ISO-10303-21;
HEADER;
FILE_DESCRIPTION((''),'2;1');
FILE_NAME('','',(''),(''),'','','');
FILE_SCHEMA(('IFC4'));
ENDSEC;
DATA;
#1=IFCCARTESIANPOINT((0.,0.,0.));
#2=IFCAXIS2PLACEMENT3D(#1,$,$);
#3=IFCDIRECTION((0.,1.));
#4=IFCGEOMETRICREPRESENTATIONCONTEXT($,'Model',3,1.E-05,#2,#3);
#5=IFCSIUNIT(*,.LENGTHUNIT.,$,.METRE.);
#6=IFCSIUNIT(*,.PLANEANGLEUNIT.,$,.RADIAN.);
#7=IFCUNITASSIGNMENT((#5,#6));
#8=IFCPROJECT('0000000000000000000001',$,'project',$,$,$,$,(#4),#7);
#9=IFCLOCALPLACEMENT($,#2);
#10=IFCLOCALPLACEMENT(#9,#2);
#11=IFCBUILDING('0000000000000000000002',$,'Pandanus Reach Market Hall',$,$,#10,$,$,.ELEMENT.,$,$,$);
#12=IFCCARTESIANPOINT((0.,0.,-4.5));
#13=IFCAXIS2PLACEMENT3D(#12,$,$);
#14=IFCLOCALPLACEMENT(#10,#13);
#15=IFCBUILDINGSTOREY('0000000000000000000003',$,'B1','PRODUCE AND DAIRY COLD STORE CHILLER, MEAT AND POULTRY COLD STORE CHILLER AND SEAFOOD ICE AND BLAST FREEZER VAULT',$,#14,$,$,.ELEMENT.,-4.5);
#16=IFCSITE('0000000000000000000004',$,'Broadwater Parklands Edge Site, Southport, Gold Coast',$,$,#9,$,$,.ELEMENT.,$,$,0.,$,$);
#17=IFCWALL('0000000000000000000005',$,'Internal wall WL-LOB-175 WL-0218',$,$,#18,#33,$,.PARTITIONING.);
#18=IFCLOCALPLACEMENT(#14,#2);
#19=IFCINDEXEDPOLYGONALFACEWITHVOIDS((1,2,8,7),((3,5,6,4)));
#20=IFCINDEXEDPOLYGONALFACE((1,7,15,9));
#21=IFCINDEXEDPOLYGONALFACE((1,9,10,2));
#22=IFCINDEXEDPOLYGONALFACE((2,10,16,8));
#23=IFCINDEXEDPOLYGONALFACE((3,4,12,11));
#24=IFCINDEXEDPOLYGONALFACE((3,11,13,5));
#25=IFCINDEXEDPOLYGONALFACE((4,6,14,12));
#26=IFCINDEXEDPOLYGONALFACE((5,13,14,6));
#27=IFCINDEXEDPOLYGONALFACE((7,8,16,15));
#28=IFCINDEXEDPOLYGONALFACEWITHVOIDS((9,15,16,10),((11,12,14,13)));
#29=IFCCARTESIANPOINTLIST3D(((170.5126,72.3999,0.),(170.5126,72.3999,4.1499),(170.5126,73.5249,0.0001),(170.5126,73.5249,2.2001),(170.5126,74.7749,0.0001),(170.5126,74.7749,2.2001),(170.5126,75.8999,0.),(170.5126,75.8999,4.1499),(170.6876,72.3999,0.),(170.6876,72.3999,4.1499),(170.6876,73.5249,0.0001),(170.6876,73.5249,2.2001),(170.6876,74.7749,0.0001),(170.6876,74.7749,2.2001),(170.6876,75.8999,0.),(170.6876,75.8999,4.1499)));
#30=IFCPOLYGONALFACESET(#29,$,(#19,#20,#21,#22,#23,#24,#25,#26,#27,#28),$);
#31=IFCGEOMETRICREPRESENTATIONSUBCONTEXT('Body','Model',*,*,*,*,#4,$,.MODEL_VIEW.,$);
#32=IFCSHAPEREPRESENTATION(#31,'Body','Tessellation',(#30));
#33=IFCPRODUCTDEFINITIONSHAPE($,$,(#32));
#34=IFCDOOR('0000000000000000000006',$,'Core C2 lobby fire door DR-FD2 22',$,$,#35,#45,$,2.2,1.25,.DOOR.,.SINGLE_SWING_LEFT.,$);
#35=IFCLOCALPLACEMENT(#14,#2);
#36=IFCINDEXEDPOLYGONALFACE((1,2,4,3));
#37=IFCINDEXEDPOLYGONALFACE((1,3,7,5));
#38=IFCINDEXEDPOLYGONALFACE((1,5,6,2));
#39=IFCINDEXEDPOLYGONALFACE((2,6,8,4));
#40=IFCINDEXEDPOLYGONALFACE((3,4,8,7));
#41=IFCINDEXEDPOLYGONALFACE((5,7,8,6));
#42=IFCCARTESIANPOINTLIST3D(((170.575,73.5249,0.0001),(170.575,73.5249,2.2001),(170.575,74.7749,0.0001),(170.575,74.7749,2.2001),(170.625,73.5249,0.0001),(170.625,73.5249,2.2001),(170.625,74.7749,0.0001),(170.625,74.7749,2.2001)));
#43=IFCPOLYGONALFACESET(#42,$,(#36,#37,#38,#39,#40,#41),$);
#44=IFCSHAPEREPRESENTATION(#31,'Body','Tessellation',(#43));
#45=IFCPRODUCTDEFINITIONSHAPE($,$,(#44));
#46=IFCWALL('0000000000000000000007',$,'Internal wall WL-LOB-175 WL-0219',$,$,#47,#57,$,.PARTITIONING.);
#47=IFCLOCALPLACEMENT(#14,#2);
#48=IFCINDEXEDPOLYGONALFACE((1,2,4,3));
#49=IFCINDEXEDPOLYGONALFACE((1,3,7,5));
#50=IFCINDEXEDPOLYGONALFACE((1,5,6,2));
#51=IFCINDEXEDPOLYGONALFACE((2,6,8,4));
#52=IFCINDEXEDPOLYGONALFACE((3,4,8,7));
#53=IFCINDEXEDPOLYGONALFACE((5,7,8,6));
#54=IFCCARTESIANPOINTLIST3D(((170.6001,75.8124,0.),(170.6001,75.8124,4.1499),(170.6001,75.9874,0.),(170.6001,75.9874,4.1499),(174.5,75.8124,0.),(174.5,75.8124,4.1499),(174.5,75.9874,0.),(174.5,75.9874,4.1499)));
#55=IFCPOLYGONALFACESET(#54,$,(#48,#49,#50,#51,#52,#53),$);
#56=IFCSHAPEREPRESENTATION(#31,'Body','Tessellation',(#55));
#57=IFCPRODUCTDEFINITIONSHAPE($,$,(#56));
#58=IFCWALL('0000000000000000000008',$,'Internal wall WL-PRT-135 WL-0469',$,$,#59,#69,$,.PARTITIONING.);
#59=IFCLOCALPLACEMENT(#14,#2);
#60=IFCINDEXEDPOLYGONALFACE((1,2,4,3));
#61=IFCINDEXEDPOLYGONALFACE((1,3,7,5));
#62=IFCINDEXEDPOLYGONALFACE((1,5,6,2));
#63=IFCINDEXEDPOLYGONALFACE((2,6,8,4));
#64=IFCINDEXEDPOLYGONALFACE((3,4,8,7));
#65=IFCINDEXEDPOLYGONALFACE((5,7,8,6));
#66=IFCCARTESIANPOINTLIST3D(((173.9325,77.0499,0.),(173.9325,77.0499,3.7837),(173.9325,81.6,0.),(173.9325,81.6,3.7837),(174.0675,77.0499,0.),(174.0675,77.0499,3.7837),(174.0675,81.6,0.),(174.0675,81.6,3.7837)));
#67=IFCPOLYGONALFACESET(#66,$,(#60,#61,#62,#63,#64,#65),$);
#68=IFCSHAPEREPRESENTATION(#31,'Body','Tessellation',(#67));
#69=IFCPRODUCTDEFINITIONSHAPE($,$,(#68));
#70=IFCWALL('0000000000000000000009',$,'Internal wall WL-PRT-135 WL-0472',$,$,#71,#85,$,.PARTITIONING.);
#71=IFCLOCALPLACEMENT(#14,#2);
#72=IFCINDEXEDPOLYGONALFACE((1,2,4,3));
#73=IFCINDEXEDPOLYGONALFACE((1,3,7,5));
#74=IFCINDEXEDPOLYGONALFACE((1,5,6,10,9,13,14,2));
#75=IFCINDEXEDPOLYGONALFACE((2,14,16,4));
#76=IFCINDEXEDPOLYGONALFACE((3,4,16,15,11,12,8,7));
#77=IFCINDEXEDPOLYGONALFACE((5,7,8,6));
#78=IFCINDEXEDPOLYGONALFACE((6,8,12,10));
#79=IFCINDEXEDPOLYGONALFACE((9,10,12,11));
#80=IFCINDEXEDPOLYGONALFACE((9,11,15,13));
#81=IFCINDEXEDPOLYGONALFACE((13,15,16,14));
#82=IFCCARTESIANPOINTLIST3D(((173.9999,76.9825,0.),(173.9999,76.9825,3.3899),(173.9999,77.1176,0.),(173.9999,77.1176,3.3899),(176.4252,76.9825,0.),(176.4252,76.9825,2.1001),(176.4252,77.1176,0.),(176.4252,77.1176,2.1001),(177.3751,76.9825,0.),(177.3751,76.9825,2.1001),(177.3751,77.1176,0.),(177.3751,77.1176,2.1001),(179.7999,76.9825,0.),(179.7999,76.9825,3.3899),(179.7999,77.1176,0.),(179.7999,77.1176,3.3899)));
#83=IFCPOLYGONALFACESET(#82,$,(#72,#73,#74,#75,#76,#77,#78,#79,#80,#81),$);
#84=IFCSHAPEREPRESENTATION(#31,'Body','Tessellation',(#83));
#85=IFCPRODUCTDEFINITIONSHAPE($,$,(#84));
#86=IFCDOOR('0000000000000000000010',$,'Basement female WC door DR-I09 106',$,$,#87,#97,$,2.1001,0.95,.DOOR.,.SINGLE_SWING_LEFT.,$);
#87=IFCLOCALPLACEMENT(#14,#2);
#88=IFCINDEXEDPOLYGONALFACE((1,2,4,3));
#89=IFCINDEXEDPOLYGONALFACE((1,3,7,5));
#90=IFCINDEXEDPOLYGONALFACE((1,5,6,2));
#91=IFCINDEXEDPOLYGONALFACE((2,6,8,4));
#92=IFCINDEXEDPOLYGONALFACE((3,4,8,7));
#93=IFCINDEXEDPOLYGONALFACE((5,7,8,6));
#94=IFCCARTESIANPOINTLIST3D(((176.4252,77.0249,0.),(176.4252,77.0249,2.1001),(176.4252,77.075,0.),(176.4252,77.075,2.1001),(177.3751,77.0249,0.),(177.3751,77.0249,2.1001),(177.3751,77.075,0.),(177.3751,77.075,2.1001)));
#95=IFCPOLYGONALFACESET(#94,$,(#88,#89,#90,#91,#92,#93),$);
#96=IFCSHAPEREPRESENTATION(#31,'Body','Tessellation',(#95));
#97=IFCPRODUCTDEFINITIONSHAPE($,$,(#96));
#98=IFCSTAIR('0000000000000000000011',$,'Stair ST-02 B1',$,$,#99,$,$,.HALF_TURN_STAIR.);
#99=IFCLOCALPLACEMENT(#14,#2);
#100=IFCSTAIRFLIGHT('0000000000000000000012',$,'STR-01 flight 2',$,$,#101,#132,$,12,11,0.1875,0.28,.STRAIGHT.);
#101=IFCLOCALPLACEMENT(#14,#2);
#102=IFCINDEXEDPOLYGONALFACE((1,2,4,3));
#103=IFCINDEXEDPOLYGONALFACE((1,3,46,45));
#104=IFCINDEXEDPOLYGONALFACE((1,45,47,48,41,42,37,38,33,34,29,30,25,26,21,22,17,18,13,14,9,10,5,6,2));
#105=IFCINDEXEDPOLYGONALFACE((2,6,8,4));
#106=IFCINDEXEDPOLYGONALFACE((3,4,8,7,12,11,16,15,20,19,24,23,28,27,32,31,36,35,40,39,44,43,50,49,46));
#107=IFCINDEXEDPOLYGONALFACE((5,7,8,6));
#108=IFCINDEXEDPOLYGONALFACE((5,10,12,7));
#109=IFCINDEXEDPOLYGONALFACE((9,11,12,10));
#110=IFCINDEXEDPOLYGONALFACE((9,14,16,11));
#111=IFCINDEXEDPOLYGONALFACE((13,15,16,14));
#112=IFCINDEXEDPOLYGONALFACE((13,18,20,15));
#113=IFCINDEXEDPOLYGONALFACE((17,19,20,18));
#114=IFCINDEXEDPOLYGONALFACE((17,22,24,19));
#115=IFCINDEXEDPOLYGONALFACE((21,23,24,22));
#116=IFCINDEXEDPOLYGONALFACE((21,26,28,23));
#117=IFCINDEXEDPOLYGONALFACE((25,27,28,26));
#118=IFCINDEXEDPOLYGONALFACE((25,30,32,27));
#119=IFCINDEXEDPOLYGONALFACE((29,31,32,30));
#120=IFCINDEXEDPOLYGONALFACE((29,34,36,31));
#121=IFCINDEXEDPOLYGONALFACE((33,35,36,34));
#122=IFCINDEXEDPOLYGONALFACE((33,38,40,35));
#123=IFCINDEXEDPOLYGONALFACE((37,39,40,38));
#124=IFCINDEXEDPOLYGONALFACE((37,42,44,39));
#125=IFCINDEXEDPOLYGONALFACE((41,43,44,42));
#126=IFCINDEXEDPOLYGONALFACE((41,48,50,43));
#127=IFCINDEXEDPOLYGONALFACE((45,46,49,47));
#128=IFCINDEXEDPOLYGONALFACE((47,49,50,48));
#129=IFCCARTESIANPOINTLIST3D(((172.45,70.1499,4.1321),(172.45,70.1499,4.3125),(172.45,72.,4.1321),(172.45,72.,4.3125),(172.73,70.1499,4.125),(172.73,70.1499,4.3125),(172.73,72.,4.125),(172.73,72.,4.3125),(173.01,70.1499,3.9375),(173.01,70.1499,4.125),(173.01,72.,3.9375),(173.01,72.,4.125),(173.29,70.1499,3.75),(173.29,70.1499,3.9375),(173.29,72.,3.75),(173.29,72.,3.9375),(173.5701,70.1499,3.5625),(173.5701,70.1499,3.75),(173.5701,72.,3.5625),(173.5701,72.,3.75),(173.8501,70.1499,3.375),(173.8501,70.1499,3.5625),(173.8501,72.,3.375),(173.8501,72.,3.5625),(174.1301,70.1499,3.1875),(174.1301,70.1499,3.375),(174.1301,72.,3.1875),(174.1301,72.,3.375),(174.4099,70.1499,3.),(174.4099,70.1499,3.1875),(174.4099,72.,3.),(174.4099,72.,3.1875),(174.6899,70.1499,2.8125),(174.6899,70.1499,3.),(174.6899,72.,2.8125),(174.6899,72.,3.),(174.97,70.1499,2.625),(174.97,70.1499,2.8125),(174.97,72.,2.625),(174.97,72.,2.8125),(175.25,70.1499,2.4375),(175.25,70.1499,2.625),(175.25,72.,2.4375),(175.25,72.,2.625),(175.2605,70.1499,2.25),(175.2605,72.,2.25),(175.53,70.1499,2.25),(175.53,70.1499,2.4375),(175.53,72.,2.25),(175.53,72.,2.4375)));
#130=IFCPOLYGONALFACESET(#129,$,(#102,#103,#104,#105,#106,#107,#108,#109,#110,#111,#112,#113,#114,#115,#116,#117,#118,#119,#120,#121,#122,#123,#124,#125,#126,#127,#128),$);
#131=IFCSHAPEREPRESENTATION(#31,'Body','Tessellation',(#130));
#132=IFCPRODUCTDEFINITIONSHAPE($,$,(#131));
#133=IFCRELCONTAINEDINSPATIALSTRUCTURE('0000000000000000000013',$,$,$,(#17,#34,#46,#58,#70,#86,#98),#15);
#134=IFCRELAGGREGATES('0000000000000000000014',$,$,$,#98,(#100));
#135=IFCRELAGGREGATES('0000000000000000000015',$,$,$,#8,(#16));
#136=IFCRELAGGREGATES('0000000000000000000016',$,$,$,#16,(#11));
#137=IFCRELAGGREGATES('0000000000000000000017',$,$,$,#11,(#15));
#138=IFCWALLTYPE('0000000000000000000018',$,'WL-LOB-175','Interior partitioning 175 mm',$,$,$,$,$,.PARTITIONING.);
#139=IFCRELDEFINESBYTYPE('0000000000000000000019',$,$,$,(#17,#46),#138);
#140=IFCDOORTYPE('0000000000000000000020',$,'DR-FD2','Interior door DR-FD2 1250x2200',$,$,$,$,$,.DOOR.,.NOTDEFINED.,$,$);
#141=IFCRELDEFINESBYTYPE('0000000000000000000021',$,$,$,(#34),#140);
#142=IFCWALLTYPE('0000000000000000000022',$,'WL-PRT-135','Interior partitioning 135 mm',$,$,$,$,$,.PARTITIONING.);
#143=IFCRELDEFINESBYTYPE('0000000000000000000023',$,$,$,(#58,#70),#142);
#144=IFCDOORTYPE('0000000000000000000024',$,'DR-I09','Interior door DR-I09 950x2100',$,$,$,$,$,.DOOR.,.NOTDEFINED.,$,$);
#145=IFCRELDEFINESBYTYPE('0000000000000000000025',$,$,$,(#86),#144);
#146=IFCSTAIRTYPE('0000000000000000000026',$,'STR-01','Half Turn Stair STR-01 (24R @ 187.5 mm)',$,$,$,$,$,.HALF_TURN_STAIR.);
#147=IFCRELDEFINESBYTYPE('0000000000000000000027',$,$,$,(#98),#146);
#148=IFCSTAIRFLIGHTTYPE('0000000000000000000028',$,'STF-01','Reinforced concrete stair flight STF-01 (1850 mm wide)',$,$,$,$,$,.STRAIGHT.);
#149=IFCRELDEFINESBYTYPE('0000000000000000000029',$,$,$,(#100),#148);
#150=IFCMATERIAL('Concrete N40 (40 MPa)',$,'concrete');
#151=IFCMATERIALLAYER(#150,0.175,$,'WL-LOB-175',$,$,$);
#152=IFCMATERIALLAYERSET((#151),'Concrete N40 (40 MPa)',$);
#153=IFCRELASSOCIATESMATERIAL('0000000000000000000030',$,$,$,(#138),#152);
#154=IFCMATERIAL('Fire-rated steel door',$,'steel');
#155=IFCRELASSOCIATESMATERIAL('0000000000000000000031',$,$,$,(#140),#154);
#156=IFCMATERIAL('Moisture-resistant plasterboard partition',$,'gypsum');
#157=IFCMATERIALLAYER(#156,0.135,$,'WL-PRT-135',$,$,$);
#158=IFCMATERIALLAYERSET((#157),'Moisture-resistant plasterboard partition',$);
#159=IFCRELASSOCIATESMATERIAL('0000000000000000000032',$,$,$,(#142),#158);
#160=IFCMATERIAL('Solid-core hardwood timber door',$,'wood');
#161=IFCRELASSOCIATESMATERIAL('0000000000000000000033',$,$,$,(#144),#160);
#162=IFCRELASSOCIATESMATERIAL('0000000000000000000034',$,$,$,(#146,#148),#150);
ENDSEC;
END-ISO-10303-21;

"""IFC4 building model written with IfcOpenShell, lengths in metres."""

from ifc_helpers import new_model, si_unit, direction, frame, frame_2d, origin, place, context, subcontext, project, spatial, polyline, rectangle, outline, extrude, material, layer, layer_set, type_object, element, fill, aggregate, save


model = new_model("IFC4")

# Units and contexts
model_context = context("Model", 3, precision=1e-05, world=origin(), true_north=direction((0.0, 1.0)))
body_context = subcontext(model_context, "Body", "Model", "MODEL_VIEW")
ifc_project = project(units=[si_unit("LENGTHUNIT", "METRE"), si_unit("PLANEANGLEUNIT", "RADIAN")], contexts=[model_context])

# Site, building, storey
site_placement = place(None, origin())
site = spatial("IfcSite", under=ifc_project, at=site_placement, Name="Broadwater Parklands Edge Site, Southport, Gold Coast", CompositionType="ELEMENT", RefElevation=0.0)
building_placement = place(site_placement, origin())
building = spatial("IfcBuilding", under=site, at=building_placement, Name="Pandanus Reach Market Hall", CompositionType="ELEMENT")
storey_placement = place(building_placement, frame((0.0, 0.0, -4.5)))
storey = spatial("IfcBuildingStorey", under=building, at=storey_placement, Name="B1", Description="PRODUCE AND DAIRY COLD STORE CHILLER, MEAT AND POULTRY COLD STORE CHILLER AND SEAFOOD ICE AND BLAST FREEZER VAULT", CompositionType="ELEMENT", Elevation=-4.5)

# Shared definitions
ifc_material_1 = material(Name="Concrete N40 (40 MPa)", Category="concrete")

# Shared definitions
ifc_material_2 = material(Name="Fire-rated steel door", Category="steel")

# Wall, opening, door
ifc_layer_1 = layer(ifc_material_1, 0.175, Name="WL-LOB-175")
ifc_layer_set_1 = layer_set([ifc_layer_1], Name="Concrete N40 (40 MPa)")
wall_type_1 = type_object("IfcWallType", Name="WL-LOB-175", Description="Interior partitioning 175 mm", PredefinedType="PARTITIONING", material=ifc_layer_set_1)
wall_1_placement = place(storey_placement, frame((170.6001, 72.3999, 0.0), z_axis=(0.0, 0.0, 1.0), x_axis=(0.0, 1.0, 0.0)))
wall_1 = element("IfcWall", 1, at=wall_1_placement, inside=storey, type_object=wall_type_1, Name="Internal wall WL-LOB-175 WL-0218", PredefinedType="PARTITIONING", context=body_context, shape_type="SweptSolid", body=[
    extrude(rectangle(XDim=3.5, YDim=0.175, at=frame_2d((1.75, 0.0))), origin(), (0.0, 0.0, 1.0), 4.1499),
])
opening_1_placement = place(wall_1_placement, frame((1.125, 0.0, 0.0)))
opening_1 = element("IfcOpeningElement", 2, at=opening_1_placement, cuts=wall_1, PredefinedType="OPENING", context=body_context, shape_type="SweptSolid", body=[
    extrude(rectangle(XDim=1.25, YDim=2.2, at=frame_2d((0.625, 1.1001))), frame((0.0, 0.1025, 0.0), z_axis=(0.0, -1.0, 0.0), x_axis=(1.0, 0.0, 0.0)), (0.0, 0.0, 1.0), 0.2051),
])
door_type_1 = type_object("IfcDoorType", Name="DR-FD2", Description="Interior door DR-FD2 1250x2200", OperationType="NOTDEFINED", PredefinedType="DOOR", material=ifc_material_2)
door_1_placement = place(opening_1_placement, frame((1.25, 0.0, 0.0), z_axis=(0.0, 0.0, 1.0), x_axis=(-1.0, 0.0, 0.0)))
door_1 = element("IfcDoor", 3, at=door_1_placement, inside=storey, type_object=door_type_1, Name="Core C2 lobby fire door DR-FD2 22", OperationType="SINGLE_SWING_LEFT", OverallHeight=2.2, OverallWidth=1.25, PredefinedType="DOOR", context=body_context, shape_type="SweptSolid", body=[
    extrude(rectangle(XDim=1.25, YDim=2.2, at=frame_2d((0.625, 1.1001))), frame((0.0, 0.0249, 0.0), z_axis=(0.0, -1.0, 0.0), x_axis=(1.0, 0.0, 0.0)), (0.0, 0.0, 1.0), 0.05),
])
fill(opening_1, door_1)

# Walls
wall_2_placement = place(storey_placement, frame((170.6001, 75.8999, 0.0), z_axis=(0.0, 0.0, 1.0), x_axis=(1.0, 0.0, 0.0)))
element("IfcWall", 4, at=wall_2_placement, inside=storey, type_object=wall_type_1, Name="Internal wall WL-LOB-175 WL-0219", PredefinedType="PARTITIONING", context=body_context, shape_type="SweptSolid", body=[
    extrude(rectangle(XDim=3.8999, YDim=0.175, at=frame_2d((1.95, 0.0))), origin(), (0.0, 0.0, 1.0), 4.1499),
])
ifc_material_3 = material(Name="Moisture-resistant plasterboard partition", Category="gypsum")
ifc_layer_2 = layer(ifc_material_3, 0.135, Name="WL-PRT-135")
ifc_layer_set_2 = layer_set([ifc_layer_2], Name="Moisture-resistant plasterboard partition")
wall_type_2 = type_object("IfcWallType", Name="WL-PRT-135", Description="Interior partitioning 135 mm", PredefinedType="PARTITIONING", material=ifc_layer_set_2)
wall_3_placement = place(storey_placement, frame((174.0, 77.05, 0.0), z_axis=(0.0, 0.0, 1.0), x_axis=(0.0, 1.0, 0.0)))
element("IfcWall", 5, at=wall_3_placement, inside=storey, type_object=wall_type_2, Name="Internal wall WL-PRT-135 WL-0469", PredefinedType="PARTITIONING", context=body_context, shape_type="SweptSolid", body=[
    extrude(rectangle(XDim=4.55, YDim=0.135, at=frame_2d((2.2749, 0.0))), origin(), (0.0, 0.0, 1.0), 3.7837),
])

# Wall, opening, door
wall_4_placement = place(storey_placement, frame((174.0, 77.05, 0.0), z_axis=(0.0, 0.0, 1.0), x_axis=(1.0, 0.0, 0.0)))
wall_4 = element("IfcWall", 6, at=wall_4_placement, inside=storey, type_object=wall_type_2, Name="Internal wall WL-PRT-135 WL-0472", PredefinedType="PARTITIONING", context=body_context, shape_type="SweptSolid", body=[
    extrude(rectangle(XDim=5.8, YDim=0.135, at=frame_2d((2.8999, 0.0))), origin(), (0.0, 0.0, 1.0), 3.3899),
])
opening_2_placement = place(wall_4_placement, frame((2.425, 0.0, 0.0)))
opening_2 = element("IfcOpeningElement", 7, at=opening_2_placement, cuts=wall_4, PredefinedType="OPENING", context=body_context, shape_type="SweptSolid", body=[
    extrude(rectangle(XDim=0.95, YDim=2.1001, at=frame_2d((0.4751, 1.05))), frame((0.0, 0.0825, 0.0), z_axis=(0.0, -1.0, 0.0), x_axis=(1.0, 0.0, 0.0)), (0.0, 0.0, 1.0), 0.165),
])
ifc_material_4 = material(Name="Solid-core hardwood timber door", Category="wood")
door_type_2 = type_object("IfcDoorType", Name="DR-I09", Description="Interior door DR-I09 950x2100", OperationType="NOTDEFINED", PredefinedType="DOOR", material=ifc_material_4)
door_2_placement = place(opening_2_placement, origin())
door_2 = element("IfcDoor", 8, at=door_2_placement, inside=storey, type_object=door_type_2, Name="Basement female WC door DR-I09 106", OperationType="SINGLE_SWING_LEFT", OverallHeight=2.1001, OverallWidth=0.95, PredefinedType="DOOR", context=body_context, shape_type="SweptSolid", body=[
    extrude(rectangle(XDim=0.95, YDim=2.1001, at=frame_2d((0.4751, 1.05))), frame((0.0, 0.0249, 0.0), z_axis=(0.0, -1.0, 0.0), x_axis=(1.0, 0.0, 0.0)), (0.0, 0.0, 1.0), 0.05),
])
fill(opening_2, door_2)

# Stair, stair flight
stair_type = type_object("IfcStairType", Name="STR-01", Description="Half Turn Stair STR-01 (24R @ 187.5 mm)", PredefinedType="HALF_TURN_STAIR", material=ifc_material_1)
stair_placement = place(storey_placement, origin())
stair = element("IfcStair", 9, at=stair_placement, inside=storey, type_object=stair_type, Name="Stair ST-02 B1", PredefinedType="HALF_TURN_STAIR")
stair_flight_type = type_object("IfcStairFlightType", Name="STF-01", Description="Reinforced concrete stair flight STF-01 (1850 mm wide)", PredefinedType="STRAIGHT", material=ifc_material_1)
stair_flight_placement = place(storey_placement, frame((175.53, 71.075, 2.25), z_axis=(0.0, 0.0, 1.0), x_axis=(-1.0, 0.0, 0.0)))
stair_flight = element("IfcStairFlight", 10, at=stair_flight_placement, type_object=stair_flight_type, Name="STR-01 flight 2", NumberOfRisers=12, NumberOfTreads=11, PredefinedType="STRAIGHT", RiserHeight=0.1875, TreadLength=0.28, context=body_context, shape_type="SweptSolid", body=[
    extrude(outline(polyline([(0.0, 0.0), (0.0, 0.1875), (0.28, 0.1875), (0.28, 0.375), (0.5601, 0.375), (0.5601, 0.5625), (0.8401, 0.5625), (0.8401, 0.75), (1.1201, 0.75), (1.1201, 0.9375), (1.3999, 0.9375), (1.3999, 1.125), (1.6799, 1.125), (1.6799, 1.3125), (1.96, 1.3125), (1.96, 1.5), (2.24, 1.5), (2.24, 1.6875), (2.52, 1.6875), (2.52, 1.875), (2.8, 1.875), (2.8, 2.0625), (3.0801, 2.0625), (3.0801, 2.25), (3.0801, 1.8821), (0.2695, 0.0), (0.0, 0.0)])), frame((0.0, 0.925, 0.0), z_axis=(0.0, -1.0, 0.0), x_axis=(1.0, 0.0, 0.0)), (0.0, 0.0, 1.0), 1.8501),
])
aggregate(stair, [stair_flight])

save(model, "model.ifc")
